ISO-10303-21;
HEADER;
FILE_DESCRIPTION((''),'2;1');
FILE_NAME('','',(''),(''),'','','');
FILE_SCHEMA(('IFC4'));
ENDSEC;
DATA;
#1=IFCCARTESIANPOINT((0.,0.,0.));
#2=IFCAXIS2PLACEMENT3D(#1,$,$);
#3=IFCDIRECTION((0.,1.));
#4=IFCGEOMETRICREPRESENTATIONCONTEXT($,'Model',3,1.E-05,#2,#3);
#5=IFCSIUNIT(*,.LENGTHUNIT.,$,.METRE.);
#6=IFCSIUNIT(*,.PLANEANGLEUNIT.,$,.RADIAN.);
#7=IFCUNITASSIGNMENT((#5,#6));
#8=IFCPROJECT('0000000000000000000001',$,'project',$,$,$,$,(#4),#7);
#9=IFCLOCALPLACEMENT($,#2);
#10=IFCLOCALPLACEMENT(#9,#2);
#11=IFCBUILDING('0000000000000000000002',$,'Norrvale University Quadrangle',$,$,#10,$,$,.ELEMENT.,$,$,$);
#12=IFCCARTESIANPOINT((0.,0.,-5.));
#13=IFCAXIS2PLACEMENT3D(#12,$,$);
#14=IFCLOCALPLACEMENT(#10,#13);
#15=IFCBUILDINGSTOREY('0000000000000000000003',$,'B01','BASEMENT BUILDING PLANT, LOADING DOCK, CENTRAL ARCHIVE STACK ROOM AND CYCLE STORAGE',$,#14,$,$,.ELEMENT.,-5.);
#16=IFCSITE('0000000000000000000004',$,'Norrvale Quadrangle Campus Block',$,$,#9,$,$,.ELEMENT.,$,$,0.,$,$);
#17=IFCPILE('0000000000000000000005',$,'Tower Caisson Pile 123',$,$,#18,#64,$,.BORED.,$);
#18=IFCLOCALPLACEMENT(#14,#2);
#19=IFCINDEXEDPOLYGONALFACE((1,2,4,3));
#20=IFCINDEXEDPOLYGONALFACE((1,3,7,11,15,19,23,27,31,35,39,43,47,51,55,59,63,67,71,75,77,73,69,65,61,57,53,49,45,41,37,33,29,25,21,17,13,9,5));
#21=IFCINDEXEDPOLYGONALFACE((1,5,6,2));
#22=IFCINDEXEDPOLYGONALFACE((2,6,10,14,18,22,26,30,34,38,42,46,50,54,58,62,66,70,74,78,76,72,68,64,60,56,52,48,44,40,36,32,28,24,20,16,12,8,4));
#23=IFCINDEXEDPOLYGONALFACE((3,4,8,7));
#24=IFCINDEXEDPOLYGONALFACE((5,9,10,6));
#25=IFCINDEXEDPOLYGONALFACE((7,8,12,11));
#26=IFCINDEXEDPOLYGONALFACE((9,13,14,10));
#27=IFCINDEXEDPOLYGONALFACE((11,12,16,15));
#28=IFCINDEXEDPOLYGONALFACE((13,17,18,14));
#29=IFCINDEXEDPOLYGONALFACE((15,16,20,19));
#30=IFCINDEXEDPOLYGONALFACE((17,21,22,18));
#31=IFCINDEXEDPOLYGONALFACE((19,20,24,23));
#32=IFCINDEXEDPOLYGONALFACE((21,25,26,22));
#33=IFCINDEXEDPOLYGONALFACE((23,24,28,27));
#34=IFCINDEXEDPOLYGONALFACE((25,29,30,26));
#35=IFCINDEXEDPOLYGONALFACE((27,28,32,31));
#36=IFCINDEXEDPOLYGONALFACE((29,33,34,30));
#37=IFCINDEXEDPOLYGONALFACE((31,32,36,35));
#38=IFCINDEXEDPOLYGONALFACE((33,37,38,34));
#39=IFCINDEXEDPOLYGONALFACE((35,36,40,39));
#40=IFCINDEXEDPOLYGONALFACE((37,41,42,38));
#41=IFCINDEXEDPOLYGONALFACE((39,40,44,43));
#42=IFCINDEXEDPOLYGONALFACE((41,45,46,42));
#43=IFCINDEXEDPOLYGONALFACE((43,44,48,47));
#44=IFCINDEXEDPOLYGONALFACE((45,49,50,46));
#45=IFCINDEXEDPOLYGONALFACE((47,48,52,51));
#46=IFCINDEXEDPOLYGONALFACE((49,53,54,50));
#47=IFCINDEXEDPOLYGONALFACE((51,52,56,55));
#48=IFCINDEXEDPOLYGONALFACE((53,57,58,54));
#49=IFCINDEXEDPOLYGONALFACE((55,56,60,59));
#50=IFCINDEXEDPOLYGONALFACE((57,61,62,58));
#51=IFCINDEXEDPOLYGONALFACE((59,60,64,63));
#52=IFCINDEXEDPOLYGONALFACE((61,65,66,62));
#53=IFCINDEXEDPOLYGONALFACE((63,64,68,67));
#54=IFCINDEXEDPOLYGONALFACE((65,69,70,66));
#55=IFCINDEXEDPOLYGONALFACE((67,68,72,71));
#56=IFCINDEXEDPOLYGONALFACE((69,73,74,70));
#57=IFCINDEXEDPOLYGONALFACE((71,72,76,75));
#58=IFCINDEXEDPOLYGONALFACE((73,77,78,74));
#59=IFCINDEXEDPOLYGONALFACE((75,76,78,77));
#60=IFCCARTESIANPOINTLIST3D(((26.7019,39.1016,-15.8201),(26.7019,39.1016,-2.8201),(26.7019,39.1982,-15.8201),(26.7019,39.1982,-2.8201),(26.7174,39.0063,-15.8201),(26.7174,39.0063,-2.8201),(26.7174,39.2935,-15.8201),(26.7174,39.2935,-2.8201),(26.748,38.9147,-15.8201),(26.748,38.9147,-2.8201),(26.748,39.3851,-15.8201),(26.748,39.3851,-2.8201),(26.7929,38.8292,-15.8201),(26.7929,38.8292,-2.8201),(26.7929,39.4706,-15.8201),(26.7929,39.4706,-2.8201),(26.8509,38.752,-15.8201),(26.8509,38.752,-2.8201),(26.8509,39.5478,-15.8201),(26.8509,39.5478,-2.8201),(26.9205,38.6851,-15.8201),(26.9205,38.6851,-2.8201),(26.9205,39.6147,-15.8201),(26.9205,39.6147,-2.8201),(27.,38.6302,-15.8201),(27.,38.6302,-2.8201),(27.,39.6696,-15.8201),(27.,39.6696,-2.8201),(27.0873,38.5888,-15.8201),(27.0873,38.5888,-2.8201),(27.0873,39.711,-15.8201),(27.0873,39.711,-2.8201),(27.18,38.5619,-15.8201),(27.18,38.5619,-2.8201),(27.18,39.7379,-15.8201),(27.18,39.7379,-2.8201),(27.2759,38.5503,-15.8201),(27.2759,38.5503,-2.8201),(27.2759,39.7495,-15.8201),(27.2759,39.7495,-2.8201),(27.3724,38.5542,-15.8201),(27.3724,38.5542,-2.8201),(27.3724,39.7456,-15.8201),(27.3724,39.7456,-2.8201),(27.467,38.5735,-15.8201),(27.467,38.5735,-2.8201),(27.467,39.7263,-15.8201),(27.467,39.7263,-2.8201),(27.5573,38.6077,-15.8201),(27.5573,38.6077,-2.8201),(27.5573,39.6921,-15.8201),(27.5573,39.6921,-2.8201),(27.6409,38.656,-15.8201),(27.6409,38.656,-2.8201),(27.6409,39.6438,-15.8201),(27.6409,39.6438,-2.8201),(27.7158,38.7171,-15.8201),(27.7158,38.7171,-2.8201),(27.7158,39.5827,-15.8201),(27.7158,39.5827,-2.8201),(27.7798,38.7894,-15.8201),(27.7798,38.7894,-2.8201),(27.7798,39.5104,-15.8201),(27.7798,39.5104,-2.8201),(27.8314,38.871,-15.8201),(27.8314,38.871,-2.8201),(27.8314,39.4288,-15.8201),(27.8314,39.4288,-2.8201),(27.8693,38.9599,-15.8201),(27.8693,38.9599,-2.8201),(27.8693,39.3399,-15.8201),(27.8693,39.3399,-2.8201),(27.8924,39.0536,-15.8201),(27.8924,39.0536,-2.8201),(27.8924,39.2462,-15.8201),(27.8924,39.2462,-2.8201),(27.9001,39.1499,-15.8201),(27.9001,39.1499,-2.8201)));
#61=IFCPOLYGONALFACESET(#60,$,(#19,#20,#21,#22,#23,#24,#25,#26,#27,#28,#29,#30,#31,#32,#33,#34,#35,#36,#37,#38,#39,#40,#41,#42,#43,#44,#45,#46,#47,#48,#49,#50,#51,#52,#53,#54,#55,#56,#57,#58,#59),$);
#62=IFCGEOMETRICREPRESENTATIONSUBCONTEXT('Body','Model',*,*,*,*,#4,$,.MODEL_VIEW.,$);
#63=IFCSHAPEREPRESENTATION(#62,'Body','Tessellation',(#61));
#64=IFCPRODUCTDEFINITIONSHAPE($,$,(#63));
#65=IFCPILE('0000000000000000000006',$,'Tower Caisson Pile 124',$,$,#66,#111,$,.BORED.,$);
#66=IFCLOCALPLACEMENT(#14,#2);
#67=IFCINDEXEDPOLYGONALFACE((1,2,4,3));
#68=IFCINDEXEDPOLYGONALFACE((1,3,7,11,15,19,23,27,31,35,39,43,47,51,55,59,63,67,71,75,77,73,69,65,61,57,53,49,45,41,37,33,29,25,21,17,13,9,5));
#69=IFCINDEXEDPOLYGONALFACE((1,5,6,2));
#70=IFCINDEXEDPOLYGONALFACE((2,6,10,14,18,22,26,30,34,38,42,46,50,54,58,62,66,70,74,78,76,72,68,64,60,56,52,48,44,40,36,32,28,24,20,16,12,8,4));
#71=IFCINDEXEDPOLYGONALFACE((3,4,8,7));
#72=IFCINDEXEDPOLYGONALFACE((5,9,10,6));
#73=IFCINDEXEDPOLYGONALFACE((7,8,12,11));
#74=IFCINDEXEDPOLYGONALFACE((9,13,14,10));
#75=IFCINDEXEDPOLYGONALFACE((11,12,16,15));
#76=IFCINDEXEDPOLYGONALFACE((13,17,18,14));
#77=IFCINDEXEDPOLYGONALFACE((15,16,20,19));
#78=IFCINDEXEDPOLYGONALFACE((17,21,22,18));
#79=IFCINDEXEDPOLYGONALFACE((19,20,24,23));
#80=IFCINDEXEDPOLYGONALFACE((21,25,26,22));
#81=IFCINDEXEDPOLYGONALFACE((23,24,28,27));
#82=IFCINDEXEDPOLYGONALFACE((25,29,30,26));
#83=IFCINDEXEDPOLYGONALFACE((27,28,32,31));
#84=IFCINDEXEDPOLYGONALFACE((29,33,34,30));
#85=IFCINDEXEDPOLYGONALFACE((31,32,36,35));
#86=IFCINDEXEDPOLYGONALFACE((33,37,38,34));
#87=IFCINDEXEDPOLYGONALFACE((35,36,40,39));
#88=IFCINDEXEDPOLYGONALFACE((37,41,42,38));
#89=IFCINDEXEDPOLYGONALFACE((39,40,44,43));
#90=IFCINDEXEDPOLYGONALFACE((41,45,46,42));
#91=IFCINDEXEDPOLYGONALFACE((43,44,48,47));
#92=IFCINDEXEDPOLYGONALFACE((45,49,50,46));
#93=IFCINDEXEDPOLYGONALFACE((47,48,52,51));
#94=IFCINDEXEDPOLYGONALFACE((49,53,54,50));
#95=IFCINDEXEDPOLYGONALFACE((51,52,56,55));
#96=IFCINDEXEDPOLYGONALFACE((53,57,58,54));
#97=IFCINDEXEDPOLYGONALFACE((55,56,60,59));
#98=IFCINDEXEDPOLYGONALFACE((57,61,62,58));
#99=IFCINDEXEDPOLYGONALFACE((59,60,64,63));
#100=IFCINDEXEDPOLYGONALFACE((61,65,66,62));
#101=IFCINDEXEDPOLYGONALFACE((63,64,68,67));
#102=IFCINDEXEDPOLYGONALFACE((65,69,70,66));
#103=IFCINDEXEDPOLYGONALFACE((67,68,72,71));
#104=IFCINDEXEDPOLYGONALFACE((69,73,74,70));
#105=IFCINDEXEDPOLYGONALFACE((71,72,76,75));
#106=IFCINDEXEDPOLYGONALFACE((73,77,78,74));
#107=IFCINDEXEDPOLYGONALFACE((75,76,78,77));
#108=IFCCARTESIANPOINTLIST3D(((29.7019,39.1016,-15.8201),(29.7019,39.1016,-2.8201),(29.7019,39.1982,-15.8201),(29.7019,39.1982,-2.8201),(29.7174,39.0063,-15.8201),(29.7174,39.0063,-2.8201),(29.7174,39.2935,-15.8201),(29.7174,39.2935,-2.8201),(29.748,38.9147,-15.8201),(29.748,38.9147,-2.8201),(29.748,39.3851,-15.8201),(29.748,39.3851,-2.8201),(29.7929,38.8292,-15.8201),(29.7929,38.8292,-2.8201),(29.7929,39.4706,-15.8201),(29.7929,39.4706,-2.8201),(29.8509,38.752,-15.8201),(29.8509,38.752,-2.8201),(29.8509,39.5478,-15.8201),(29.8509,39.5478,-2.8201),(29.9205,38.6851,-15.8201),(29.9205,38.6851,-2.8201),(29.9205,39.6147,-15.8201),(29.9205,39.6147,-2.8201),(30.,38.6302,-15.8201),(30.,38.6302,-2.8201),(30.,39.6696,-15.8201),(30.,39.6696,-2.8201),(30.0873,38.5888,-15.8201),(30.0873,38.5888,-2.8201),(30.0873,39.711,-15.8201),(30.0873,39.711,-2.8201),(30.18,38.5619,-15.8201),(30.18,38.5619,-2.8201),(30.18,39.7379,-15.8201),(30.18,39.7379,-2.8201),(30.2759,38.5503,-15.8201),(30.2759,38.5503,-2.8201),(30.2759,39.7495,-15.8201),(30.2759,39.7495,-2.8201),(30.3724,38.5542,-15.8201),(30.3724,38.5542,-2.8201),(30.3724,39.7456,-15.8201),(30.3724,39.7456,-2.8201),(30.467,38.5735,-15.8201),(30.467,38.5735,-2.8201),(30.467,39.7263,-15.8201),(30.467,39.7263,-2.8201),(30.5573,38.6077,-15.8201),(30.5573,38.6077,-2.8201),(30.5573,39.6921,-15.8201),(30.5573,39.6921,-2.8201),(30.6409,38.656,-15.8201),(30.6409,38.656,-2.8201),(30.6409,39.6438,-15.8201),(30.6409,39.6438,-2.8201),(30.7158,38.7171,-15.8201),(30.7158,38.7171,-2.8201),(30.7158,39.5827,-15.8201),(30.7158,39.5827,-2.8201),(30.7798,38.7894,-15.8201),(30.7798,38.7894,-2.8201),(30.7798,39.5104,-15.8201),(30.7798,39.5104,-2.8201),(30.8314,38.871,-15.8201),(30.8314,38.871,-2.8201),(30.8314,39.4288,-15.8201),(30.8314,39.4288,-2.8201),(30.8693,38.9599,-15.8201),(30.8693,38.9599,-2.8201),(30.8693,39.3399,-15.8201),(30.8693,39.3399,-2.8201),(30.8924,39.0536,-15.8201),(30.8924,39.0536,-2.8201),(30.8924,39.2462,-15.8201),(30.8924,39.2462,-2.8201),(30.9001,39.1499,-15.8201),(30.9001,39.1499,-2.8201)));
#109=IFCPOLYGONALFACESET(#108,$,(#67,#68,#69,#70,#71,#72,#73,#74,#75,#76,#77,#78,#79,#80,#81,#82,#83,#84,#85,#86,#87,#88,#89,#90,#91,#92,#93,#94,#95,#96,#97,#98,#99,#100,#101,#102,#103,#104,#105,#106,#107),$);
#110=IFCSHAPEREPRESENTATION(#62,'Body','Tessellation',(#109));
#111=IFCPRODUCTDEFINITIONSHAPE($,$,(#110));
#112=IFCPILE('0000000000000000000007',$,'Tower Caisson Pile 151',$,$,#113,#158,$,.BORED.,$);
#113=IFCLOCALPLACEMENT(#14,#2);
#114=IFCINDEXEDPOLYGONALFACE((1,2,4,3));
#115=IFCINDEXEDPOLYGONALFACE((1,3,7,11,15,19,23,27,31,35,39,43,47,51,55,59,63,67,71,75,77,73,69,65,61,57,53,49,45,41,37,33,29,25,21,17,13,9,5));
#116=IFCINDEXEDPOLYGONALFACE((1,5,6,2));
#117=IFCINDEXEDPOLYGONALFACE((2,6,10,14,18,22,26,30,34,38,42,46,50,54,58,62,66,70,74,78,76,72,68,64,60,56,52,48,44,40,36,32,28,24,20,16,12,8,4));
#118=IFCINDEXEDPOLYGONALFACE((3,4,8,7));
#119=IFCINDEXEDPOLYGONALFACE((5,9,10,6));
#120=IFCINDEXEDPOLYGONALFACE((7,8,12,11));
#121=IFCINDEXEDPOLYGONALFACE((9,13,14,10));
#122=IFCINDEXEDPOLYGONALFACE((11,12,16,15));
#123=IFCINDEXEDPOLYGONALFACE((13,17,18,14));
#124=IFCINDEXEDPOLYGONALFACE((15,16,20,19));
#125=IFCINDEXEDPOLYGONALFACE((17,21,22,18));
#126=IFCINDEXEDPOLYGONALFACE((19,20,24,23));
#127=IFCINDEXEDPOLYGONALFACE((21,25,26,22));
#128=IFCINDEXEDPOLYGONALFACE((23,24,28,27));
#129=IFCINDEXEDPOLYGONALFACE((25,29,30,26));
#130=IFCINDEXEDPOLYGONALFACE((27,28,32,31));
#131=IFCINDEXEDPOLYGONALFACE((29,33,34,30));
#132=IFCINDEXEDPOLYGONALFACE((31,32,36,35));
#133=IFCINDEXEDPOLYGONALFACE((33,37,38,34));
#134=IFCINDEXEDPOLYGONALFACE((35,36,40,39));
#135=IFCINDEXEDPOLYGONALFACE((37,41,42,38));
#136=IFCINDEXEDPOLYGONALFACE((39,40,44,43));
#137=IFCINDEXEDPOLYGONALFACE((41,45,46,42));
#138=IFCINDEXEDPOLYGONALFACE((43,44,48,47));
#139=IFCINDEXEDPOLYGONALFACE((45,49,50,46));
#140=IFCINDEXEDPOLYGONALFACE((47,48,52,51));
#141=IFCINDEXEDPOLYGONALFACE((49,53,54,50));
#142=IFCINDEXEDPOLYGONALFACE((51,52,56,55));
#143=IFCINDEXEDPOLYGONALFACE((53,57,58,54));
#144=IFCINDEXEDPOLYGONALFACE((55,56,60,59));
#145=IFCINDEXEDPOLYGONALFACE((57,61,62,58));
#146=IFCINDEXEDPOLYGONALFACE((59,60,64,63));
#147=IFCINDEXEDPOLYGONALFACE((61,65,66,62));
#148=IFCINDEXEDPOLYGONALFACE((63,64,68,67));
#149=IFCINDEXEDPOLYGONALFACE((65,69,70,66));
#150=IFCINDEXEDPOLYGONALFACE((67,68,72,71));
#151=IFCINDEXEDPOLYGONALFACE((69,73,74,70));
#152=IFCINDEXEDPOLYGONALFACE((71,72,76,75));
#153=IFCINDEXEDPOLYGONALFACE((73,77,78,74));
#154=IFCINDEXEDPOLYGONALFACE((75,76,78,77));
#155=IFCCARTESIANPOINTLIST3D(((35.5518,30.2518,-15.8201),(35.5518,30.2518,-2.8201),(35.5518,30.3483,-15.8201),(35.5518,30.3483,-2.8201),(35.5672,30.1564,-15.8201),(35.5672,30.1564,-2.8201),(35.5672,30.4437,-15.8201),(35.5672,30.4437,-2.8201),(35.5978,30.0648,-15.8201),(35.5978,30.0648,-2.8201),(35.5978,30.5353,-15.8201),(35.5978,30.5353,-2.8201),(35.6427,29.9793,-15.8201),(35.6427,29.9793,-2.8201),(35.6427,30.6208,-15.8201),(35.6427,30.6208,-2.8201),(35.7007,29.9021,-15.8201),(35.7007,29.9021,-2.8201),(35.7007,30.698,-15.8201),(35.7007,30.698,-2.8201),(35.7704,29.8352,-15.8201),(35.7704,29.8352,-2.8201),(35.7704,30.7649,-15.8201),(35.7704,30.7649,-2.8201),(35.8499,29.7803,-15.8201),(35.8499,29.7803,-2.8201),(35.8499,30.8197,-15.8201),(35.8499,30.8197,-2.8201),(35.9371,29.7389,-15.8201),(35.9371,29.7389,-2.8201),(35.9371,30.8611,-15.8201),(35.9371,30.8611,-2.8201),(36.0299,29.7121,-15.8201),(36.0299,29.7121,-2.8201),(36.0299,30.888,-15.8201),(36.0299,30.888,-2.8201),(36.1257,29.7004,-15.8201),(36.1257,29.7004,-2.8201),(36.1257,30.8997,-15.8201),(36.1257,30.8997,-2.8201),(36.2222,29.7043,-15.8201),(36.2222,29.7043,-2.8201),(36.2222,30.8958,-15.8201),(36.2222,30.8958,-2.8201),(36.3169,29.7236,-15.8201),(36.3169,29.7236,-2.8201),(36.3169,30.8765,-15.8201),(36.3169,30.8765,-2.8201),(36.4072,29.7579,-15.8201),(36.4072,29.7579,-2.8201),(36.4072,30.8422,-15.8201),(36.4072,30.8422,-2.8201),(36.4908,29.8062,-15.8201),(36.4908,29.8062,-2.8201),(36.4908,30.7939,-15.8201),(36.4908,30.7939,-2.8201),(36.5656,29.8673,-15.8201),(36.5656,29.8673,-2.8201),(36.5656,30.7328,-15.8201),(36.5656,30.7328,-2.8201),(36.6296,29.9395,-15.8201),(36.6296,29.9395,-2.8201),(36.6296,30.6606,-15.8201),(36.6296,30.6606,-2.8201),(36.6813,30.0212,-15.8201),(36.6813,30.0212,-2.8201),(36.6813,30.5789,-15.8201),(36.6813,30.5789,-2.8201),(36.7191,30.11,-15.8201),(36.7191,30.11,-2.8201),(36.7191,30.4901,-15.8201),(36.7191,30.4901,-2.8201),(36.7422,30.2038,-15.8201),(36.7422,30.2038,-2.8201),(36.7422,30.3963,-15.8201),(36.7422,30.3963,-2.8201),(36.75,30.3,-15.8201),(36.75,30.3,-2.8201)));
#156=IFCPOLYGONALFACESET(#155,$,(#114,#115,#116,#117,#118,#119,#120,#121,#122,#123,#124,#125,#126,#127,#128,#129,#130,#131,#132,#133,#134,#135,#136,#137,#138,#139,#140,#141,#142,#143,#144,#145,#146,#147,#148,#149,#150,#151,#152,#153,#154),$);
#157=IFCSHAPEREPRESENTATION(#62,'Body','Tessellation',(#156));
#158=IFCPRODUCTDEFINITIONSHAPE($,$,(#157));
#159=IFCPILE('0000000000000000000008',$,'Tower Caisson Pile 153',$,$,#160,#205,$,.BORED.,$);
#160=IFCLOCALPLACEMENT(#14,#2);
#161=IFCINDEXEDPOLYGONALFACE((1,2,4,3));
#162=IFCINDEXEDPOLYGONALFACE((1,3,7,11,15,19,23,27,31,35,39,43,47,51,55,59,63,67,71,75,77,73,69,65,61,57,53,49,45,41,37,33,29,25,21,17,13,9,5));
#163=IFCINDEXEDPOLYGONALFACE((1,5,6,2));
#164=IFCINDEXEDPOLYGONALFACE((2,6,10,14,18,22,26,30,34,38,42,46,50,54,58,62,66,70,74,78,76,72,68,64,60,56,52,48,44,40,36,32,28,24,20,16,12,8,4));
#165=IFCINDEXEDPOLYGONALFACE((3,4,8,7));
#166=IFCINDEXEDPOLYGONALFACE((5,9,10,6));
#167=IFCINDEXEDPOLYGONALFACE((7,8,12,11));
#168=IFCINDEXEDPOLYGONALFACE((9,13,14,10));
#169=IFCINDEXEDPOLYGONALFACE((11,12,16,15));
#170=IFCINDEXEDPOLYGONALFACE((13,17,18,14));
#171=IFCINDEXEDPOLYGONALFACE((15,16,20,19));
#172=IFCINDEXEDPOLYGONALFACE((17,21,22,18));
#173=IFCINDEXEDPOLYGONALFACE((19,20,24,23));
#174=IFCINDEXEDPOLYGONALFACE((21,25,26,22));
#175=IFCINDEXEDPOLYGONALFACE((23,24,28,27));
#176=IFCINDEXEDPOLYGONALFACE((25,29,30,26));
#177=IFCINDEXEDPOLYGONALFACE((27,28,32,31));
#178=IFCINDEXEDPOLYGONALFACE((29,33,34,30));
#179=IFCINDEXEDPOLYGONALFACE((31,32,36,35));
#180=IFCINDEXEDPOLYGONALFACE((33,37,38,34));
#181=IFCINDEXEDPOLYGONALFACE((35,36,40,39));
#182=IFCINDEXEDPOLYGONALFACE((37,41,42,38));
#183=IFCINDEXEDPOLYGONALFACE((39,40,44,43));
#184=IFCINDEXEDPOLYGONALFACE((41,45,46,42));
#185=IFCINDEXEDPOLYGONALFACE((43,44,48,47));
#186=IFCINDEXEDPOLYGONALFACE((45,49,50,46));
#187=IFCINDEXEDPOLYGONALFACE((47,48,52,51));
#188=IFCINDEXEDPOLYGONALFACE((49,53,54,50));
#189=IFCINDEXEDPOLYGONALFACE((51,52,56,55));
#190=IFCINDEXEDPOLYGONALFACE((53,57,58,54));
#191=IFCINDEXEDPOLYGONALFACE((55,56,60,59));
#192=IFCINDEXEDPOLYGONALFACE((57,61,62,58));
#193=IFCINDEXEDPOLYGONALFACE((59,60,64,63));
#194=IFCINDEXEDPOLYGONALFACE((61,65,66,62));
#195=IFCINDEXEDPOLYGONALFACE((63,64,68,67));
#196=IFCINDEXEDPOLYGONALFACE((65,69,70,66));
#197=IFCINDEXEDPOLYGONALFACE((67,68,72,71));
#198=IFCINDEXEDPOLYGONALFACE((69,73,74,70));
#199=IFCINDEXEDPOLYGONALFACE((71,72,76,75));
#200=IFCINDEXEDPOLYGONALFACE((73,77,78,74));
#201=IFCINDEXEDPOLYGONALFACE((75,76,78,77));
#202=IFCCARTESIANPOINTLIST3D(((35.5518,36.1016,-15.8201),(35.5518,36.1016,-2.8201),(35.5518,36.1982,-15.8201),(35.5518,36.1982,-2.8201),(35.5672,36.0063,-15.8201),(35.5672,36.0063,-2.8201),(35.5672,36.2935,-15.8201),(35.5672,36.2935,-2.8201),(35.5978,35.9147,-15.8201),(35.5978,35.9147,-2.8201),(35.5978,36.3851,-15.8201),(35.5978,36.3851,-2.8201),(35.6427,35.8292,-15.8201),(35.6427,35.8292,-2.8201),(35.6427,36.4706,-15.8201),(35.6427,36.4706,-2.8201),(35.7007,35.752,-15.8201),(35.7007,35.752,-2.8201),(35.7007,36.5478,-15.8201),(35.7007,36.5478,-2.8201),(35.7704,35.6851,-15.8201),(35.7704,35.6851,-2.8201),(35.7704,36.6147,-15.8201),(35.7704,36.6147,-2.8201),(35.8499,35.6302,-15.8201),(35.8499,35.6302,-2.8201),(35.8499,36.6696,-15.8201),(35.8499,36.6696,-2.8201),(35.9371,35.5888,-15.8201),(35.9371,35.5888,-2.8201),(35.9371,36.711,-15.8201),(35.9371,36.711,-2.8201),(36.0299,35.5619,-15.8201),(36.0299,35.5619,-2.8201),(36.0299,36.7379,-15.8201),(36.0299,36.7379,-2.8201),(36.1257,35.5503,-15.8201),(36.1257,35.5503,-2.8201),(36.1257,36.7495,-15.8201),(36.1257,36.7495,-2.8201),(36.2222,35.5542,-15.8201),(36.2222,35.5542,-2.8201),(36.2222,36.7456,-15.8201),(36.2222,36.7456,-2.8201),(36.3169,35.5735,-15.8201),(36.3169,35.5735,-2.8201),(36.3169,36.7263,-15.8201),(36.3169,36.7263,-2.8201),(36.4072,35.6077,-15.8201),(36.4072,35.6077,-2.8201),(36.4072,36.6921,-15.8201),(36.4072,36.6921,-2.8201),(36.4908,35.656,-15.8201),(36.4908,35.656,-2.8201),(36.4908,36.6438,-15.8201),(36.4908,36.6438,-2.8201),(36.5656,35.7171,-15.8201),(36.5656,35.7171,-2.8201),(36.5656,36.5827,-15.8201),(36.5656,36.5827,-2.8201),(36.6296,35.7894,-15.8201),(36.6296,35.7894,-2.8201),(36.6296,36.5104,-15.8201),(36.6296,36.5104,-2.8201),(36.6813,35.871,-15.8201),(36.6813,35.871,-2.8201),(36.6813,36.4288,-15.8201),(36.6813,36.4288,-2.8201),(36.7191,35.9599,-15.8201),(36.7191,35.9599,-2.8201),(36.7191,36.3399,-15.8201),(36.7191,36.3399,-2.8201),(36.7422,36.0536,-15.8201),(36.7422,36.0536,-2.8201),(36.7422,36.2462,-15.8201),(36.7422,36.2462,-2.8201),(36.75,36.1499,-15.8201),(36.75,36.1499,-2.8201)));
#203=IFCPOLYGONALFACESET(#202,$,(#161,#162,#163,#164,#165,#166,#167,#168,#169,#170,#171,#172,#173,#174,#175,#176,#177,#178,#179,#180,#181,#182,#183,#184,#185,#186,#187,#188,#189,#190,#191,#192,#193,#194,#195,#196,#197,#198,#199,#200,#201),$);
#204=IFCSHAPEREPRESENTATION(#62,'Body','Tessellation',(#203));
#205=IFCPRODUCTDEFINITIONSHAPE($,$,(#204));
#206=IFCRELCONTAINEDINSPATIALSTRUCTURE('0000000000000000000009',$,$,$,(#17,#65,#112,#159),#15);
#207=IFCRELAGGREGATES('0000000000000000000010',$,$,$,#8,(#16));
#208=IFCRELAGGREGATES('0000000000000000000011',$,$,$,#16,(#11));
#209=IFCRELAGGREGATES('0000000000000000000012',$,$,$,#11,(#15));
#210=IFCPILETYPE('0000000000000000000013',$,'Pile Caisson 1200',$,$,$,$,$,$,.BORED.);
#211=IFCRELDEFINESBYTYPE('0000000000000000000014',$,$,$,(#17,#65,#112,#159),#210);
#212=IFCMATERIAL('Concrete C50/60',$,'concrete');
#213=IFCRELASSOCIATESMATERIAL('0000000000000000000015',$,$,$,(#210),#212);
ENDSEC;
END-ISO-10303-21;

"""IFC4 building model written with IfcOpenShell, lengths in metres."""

from ifc_helpers import new_model, si_unit, direction, frame, origin, origin_2d, place, context, subcontext, project, spatial, circle, extrude, material, material_profile, profile_set, type_object, element, save


model = new_model("IFC4")

# Units and contexts
model_context = context("Model", 3, precision=1e-05, world=origin(), true_north=direction((0.0, 1.0)))
body_context = subcontext(model_context, "Body", "Model", "MODEL_VIEW")
ifc_project = project(units=[si_unit("LENGTHUNIT", "METRE"), si_unit("PLANEANGLEUNIT", "RADIAN")], contexts=[model_context])

# Site, building, storey
site_placement = place(None, origin())
site = spatial("IfcSite", under=ifc_project, at=site_placement, Name="Norrvale Quadrangle Campus Block", CompositionType="ELEMENT", RefElevation=0.0)
building_placement = place(site_placement, origin())
building = spatial("IfcBuilding", under=site, at=building_placement, Name="Norrvale University Quadrangle", CompositionType="ELEMENT")
storey_placement = place(building_placement, frame((0.0, 0.0, -5.0)))
storey = spatial("IfcBuildingStorey", under=building, at=storey_placement, Name="B01", Description="BASEMENT BUILDING PLANT, LOADING DOCK, CENTRAL ARCHIVE STACK ROOM AND CYCLE STORAGE", CompositionType="ELEMENT", Elevation=-5.0)

# Shared definitions
ifc_material_1 = material(Name="Concrete C50/60", Category="concrete")

# Piles
ifc_material_profile_1 = material_profile(ifc_material_1, circle(Radius=0.6001, at=origin_2d()), Name="Concrete C50/60")
ifc_profile_set_1 = profile_set([ifc_material_profile_1], Name="Concrete C50/60")
pile_type_1 = type_object("IfcPileType", Name="Pile Caisson 1200", PredefinedType="BORED", material=ifc_profile_set_1)
for number, where, z_axis, x_axis, name in (
    (1, (27.3, 39.1499, -2.8201), (0.0, 0.0, -1.0), (1.0, 0.0, 0.0), "Tower Caisson Pile 123"),
    (2, (30.3, 39.1499, -2.8201), (0.0, 0.0, -1.0), (1.0, 0.0, 0.0), "Tower Caisson Pile 124"),
    (3, (36.1499, 30.3, -2.8201), (0.0, 0.0, -1.0), (1.0, 0.0, 0.0), "Tower Caisson Pile 151"),
    (4, (36.1499, 36.1499, -2.8201), (0.0, 0.0, -1.0), (1.0, 0.0, 0.0), "Tower Caisson Pile 153"),
):
    element("IfcPile", number, at=place(storey_placement, frame(where, z_axis=z_axis, x_axis=x_axis)), inside=storey, type_object=pile_type_1, Name=name, PredefinedType="BORED", context=body_context, shape_type="SweptSolid", body=[
        extrude(circle(Radius=0.6001, at=origin_2d()), origin(), (0.0, 0.0, 1.0), 13.0),
    ])

save(model, "model.ifc")
